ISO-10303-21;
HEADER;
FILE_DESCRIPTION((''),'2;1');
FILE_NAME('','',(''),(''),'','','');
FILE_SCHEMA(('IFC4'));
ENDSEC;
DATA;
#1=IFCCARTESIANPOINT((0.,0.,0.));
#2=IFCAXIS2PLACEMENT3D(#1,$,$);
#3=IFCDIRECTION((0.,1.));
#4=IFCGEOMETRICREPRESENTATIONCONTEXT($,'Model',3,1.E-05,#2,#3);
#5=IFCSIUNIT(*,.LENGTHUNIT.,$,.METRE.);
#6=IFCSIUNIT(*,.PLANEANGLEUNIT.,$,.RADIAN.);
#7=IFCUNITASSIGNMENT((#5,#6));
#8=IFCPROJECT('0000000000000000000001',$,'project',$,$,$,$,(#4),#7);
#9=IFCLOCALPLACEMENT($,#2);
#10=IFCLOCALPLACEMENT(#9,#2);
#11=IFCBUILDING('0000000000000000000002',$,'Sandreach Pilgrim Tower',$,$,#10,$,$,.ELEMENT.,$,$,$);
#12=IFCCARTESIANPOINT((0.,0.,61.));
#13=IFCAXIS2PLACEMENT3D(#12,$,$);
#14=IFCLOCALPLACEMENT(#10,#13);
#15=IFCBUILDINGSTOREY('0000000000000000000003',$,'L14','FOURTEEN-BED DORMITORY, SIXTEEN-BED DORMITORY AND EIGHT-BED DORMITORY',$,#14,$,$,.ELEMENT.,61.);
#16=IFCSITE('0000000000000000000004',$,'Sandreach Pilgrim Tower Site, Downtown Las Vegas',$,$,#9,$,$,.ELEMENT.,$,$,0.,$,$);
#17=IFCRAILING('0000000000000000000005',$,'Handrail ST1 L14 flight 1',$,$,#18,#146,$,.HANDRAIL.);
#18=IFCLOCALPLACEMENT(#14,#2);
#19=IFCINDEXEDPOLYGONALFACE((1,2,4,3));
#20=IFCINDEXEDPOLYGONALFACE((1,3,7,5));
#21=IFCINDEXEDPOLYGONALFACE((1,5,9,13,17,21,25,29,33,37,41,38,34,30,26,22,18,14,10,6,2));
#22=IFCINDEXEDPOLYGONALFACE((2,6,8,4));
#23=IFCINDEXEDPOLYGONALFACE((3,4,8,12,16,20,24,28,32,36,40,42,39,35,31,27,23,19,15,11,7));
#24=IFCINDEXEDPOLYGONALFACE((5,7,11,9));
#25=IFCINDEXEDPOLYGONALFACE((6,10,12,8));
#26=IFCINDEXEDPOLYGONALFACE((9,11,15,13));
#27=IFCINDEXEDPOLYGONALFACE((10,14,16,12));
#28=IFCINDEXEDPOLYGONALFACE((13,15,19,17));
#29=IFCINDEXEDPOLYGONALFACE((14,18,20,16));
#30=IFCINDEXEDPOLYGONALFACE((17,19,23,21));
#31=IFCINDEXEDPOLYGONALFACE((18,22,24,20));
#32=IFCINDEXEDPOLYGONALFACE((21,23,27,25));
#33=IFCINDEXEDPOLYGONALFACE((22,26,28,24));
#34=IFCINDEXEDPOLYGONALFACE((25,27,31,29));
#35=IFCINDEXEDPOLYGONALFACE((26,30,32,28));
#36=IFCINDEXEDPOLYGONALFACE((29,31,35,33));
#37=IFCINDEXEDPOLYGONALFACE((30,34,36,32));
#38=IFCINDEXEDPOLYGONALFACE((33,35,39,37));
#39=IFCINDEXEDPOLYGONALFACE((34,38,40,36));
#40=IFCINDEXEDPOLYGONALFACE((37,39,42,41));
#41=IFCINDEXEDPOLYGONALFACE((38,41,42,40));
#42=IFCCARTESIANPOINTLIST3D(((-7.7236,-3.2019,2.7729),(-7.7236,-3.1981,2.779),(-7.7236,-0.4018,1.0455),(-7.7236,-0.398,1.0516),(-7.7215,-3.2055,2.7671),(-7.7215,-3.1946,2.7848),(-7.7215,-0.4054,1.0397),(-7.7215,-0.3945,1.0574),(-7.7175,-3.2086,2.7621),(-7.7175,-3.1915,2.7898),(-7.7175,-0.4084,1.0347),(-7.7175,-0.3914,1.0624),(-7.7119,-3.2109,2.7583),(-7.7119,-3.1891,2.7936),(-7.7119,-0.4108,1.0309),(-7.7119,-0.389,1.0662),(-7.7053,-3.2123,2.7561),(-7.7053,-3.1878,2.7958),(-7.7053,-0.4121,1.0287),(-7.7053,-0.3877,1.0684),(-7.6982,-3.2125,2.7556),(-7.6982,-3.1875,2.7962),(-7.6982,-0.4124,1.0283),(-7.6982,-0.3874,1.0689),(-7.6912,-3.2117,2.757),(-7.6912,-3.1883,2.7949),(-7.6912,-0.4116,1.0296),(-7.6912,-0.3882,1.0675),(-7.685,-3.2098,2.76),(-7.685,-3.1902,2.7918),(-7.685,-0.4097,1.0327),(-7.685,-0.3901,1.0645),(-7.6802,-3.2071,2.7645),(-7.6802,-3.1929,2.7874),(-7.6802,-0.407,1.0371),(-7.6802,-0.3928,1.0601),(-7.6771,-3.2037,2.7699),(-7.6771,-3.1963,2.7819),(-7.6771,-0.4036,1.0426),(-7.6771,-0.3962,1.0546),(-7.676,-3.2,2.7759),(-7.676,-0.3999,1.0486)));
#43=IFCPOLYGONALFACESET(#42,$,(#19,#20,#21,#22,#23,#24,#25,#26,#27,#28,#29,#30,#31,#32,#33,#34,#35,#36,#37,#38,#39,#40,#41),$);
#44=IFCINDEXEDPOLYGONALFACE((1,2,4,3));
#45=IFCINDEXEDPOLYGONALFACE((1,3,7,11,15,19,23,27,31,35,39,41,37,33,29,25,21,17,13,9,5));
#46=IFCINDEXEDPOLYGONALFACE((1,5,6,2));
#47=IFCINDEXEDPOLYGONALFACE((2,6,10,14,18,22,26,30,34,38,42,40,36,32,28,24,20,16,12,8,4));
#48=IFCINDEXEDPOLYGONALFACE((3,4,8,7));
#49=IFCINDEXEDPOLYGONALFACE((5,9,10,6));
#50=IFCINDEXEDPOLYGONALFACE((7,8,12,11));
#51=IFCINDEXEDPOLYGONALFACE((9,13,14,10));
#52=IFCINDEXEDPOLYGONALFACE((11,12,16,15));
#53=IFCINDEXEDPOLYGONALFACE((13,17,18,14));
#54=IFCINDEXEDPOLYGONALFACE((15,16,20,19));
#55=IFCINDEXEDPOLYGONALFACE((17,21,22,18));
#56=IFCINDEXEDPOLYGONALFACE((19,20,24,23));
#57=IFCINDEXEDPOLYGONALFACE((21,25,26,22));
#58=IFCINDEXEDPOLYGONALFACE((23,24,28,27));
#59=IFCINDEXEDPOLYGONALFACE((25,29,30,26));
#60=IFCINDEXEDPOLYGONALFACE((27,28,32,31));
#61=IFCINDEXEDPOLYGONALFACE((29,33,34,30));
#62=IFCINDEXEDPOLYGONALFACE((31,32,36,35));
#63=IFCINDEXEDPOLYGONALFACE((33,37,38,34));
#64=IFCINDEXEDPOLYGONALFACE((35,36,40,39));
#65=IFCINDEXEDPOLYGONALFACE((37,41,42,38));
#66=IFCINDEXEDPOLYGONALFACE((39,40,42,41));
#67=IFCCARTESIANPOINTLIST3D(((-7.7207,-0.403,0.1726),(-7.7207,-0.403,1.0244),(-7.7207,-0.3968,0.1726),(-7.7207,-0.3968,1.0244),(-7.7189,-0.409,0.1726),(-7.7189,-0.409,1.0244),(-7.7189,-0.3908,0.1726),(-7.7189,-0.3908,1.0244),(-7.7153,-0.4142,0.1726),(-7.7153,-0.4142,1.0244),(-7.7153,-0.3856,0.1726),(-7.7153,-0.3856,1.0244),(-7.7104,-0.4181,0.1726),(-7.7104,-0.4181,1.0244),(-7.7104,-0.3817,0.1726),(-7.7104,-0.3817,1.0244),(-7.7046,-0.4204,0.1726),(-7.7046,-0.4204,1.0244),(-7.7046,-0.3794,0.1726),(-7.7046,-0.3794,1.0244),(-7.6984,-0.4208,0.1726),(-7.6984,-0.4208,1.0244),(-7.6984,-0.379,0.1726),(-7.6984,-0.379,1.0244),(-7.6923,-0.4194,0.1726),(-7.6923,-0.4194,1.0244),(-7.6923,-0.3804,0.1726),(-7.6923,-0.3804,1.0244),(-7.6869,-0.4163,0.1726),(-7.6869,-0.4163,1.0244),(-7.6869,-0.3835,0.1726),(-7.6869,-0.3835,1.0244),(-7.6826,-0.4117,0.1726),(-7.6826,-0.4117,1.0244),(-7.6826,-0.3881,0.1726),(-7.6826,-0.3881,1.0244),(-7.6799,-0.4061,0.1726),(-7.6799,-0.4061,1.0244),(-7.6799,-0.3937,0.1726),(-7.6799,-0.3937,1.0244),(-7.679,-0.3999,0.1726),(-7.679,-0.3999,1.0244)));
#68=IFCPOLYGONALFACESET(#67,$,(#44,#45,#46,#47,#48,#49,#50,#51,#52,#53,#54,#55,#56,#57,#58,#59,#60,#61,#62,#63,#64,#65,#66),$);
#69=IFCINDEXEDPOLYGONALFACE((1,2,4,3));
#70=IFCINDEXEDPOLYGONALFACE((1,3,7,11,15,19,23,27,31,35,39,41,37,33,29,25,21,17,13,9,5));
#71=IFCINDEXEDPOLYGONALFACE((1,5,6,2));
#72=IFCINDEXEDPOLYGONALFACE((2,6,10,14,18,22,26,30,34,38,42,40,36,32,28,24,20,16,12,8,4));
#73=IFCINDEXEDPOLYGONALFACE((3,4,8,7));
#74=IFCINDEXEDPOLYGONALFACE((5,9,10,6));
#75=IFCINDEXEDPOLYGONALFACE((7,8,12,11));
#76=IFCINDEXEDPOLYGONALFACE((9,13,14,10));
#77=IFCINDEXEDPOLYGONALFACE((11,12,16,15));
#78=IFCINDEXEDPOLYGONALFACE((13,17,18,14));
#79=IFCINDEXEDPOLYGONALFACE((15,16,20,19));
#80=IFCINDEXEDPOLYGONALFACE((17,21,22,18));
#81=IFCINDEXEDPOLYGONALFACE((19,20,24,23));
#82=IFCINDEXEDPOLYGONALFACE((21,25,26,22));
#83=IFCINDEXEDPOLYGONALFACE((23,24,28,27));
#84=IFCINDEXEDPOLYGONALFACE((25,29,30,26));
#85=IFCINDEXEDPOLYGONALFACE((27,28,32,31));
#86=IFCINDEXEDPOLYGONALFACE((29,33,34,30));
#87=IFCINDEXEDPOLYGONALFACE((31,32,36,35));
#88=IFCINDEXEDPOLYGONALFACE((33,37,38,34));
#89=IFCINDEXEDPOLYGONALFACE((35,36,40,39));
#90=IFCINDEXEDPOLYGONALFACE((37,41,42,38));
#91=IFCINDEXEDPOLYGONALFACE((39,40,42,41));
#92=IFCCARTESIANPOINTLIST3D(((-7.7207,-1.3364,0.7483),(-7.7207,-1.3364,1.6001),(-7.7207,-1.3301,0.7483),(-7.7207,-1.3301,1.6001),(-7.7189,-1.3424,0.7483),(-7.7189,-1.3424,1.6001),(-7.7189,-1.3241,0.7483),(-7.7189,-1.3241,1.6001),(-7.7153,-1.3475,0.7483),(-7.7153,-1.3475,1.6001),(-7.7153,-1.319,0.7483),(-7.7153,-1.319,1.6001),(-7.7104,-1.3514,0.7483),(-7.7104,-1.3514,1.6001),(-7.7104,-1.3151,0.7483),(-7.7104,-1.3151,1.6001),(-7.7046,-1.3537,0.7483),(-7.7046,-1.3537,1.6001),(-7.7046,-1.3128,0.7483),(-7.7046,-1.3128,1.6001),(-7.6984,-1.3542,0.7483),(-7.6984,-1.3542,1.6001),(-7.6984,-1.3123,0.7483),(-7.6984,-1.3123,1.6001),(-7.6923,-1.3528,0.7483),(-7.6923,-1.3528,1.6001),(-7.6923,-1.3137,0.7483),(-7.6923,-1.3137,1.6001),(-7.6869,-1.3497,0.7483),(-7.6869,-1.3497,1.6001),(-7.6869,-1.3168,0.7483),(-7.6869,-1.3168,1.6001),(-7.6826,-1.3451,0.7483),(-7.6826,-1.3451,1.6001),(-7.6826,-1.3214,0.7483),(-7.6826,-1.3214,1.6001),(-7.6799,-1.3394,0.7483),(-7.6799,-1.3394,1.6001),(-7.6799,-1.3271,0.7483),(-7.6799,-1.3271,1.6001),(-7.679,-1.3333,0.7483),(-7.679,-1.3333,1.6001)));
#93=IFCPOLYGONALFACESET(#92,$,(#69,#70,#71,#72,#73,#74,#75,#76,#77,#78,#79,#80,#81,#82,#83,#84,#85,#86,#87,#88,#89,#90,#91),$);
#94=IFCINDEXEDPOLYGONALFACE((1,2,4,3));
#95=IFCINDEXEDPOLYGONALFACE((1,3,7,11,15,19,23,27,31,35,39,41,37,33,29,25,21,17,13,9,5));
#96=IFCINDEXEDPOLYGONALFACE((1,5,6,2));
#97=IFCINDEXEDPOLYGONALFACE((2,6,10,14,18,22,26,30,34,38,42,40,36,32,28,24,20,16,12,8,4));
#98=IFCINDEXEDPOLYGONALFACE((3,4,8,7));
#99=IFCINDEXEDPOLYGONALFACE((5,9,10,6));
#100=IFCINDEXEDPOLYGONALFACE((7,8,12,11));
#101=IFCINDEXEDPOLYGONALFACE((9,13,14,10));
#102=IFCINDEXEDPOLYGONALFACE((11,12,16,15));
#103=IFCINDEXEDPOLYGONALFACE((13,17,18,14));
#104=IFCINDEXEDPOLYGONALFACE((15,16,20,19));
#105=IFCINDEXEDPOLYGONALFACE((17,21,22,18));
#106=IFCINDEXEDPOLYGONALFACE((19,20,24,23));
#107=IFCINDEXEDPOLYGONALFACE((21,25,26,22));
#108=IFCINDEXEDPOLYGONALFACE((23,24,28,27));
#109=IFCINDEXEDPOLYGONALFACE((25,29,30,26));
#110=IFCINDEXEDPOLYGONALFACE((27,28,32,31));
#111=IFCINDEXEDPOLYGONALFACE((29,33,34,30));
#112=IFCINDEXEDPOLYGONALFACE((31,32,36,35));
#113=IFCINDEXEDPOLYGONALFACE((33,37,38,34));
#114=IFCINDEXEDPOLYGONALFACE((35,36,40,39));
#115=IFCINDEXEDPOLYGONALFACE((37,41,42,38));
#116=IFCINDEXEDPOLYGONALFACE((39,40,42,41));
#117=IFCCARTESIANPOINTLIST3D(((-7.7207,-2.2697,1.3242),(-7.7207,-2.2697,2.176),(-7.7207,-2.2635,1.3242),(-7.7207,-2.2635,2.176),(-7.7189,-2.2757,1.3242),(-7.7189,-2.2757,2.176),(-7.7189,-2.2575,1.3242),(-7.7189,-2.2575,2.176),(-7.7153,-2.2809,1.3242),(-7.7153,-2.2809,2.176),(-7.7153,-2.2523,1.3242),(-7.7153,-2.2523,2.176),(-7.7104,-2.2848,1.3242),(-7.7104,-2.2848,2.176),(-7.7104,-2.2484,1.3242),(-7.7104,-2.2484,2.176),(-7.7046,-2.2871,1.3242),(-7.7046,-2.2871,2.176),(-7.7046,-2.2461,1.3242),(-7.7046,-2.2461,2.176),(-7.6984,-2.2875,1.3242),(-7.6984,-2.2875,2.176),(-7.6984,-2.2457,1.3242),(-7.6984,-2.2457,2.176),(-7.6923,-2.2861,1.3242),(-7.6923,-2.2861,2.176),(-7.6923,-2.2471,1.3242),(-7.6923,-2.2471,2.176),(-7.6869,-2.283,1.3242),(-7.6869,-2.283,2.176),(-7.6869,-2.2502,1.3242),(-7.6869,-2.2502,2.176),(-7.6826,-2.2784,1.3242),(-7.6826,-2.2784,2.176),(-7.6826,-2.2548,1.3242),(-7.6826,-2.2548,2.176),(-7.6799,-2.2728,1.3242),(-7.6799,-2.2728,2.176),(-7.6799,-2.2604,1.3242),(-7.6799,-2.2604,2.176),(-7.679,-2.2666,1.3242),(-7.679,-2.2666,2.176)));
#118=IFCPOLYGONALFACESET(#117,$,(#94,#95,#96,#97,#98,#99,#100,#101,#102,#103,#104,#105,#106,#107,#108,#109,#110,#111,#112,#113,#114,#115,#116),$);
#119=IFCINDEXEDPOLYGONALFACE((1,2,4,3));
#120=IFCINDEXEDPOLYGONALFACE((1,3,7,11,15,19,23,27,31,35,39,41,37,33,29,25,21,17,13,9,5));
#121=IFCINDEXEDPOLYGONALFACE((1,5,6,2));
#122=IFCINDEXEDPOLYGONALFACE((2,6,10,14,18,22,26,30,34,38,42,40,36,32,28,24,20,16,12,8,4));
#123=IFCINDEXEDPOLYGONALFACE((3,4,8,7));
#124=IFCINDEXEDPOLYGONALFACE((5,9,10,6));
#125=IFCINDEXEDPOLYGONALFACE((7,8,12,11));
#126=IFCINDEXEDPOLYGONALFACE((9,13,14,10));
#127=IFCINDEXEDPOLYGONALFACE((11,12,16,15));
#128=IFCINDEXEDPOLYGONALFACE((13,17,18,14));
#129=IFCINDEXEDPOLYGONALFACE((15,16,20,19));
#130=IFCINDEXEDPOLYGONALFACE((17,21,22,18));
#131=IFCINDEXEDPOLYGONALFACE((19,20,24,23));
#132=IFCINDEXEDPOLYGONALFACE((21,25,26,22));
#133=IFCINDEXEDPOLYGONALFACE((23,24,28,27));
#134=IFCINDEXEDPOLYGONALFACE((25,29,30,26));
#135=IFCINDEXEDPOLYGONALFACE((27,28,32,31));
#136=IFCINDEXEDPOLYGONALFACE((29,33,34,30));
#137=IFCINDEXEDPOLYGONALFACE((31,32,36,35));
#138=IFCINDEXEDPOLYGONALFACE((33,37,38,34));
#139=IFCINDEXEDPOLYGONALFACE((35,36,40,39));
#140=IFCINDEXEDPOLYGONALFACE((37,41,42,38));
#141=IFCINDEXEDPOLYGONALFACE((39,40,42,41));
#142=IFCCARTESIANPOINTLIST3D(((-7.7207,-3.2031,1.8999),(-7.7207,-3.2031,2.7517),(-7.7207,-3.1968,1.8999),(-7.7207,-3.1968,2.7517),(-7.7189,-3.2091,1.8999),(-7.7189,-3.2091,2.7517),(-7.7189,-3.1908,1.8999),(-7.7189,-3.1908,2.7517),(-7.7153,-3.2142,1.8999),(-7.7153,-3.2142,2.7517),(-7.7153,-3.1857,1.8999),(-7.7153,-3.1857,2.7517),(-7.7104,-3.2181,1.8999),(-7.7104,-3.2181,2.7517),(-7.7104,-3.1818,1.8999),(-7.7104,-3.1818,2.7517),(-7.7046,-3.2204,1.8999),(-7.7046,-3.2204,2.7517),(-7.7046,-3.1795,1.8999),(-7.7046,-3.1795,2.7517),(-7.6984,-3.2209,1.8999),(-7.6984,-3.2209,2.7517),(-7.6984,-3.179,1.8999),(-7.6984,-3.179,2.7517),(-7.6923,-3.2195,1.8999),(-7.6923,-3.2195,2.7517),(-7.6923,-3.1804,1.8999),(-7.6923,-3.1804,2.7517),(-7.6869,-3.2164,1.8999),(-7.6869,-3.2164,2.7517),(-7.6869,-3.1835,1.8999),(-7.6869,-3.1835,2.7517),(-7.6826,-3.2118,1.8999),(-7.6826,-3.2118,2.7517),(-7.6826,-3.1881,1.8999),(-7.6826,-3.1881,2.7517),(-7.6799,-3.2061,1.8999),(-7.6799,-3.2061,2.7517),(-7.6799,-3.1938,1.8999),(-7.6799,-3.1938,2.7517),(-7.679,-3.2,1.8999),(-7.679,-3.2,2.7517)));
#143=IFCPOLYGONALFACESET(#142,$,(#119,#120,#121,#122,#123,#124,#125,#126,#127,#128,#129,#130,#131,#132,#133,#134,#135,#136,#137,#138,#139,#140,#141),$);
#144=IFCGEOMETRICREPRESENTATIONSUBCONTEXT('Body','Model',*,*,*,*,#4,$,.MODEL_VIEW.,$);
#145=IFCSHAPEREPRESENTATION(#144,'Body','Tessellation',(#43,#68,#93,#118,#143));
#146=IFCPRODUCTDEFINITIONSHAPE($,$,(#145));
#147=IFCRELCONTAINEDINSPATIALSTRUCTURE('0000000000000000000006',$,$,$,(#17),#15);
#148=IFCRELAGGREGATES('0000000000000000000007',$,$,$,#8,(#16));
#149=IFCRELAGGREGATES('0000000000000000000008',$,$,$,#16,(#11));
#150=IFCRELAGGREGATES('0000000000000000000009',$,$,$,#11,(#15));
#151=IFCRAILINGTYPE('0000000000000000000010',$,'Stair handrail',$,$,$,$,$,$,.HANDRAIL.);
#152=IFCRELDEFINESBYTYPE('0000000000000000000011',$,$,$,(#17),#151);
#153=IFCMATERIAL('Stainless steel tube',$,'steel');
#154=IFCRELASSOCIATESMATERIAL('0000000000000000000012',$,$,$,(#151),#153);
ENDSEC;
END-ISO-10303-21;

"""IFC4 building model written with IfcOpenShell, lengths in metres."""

from ifc_helpers import new_model, si_unit, direction, frame, origin, origin_2d, place, context, subcontext, project, spatial, circle, extrude, material, type_object, element, save


model = new_model("IFC4")

# Units and contexts
model_context = context("Model", 3, precision=1e-05, world=origin(), true_north=direction((0.0, 1.0)))
body_context = subcontext(model_context, "Body", "Model", "MODEL_VIEW")
ifc_project = project(units=[si_unit("LENGTHUNIT", "METRE"), si_unit("PLANEANGLEUNIT", "RADIAN")], contexts=[model_context])

# Site, building, storey
site_placement = place(None, origin())
site = spatial("IfcSite", under=ifc_project, at=site_placement, Name="Sandreach Pilgrim Tower Site, Downtown Las Vegas", CompositionType="ELEMENT", RefElevation=0.0)
building_placement = place(site_placement, origin())
building = spatial("IfcBuilding", under=site, at=building_placement, Name="Sandreach Pilgrim Tower", CompositionType="ELEMENT")
storey_placement = place(building_placement, frame((0.0, 0.0, 61.0)))
storey = spatial("IfcBuildingStorey", under=building, at=storey_placement, Name="L14", Description="FOURTEEN-BED DORMITORY, SIXTEEN-BED DORMITORY AND EIGHT-BED DORMITORY", CompositionType="ELEMENT", Elevation=61.0)

# Railing
ifc_material_1 = material(Name="Stainless steel tube", Category="steel")
railing_type = type_object("IfcRailingType", Name="Stair handrail", PredefinedType="HANDRAIL", material=ifc_material_1)
for number, where, name in (
    (1, (-7.7, -0.3999, 0.1726), "Handrail ST1 L14 flight 1"),
):
    element("IfcRailing", number, at=place(storey_placement, frame(where)), inside=storey, type_object=railing_type, Name=name, PredefinedType="HANDRAIL", context=body_context, shape_type="SweptSolid", body=[
        extrude(circle(Radius=0.0239, at=origin_2d()), frame((0.0, 0.0, 0.876), z_axis=(0.0, -0.85109, 0.52502), x_axis=(1.0, 0.0, 0.0)), (0.0, 0.0, 1.0), 3.29),
        extrude(circle(Radius=0.021, at=origin_2d()), origin(), (0.0, 0.0, 1.0), 0.8518),
        extrude(circle(Radius=0.021, at=origin_2d()), frame((0.0, -0.9333, 0.5757)), (0.0, 0.0, 1.0), 0.8518),
        extrude(circle(Radius=0.021, at=origin_2d()), frame((0.0, -1.8667, 1.1516)), (0.0, 0.0, 1.0), 0.8518),
        extrude(circle(Radius=0.021, at=origin_2d()), frame((0.0, -2.8, 1.7273)), (0.0, 0.0, 1.0), 0.8518),
    ])

save(model, "model.ifc")
